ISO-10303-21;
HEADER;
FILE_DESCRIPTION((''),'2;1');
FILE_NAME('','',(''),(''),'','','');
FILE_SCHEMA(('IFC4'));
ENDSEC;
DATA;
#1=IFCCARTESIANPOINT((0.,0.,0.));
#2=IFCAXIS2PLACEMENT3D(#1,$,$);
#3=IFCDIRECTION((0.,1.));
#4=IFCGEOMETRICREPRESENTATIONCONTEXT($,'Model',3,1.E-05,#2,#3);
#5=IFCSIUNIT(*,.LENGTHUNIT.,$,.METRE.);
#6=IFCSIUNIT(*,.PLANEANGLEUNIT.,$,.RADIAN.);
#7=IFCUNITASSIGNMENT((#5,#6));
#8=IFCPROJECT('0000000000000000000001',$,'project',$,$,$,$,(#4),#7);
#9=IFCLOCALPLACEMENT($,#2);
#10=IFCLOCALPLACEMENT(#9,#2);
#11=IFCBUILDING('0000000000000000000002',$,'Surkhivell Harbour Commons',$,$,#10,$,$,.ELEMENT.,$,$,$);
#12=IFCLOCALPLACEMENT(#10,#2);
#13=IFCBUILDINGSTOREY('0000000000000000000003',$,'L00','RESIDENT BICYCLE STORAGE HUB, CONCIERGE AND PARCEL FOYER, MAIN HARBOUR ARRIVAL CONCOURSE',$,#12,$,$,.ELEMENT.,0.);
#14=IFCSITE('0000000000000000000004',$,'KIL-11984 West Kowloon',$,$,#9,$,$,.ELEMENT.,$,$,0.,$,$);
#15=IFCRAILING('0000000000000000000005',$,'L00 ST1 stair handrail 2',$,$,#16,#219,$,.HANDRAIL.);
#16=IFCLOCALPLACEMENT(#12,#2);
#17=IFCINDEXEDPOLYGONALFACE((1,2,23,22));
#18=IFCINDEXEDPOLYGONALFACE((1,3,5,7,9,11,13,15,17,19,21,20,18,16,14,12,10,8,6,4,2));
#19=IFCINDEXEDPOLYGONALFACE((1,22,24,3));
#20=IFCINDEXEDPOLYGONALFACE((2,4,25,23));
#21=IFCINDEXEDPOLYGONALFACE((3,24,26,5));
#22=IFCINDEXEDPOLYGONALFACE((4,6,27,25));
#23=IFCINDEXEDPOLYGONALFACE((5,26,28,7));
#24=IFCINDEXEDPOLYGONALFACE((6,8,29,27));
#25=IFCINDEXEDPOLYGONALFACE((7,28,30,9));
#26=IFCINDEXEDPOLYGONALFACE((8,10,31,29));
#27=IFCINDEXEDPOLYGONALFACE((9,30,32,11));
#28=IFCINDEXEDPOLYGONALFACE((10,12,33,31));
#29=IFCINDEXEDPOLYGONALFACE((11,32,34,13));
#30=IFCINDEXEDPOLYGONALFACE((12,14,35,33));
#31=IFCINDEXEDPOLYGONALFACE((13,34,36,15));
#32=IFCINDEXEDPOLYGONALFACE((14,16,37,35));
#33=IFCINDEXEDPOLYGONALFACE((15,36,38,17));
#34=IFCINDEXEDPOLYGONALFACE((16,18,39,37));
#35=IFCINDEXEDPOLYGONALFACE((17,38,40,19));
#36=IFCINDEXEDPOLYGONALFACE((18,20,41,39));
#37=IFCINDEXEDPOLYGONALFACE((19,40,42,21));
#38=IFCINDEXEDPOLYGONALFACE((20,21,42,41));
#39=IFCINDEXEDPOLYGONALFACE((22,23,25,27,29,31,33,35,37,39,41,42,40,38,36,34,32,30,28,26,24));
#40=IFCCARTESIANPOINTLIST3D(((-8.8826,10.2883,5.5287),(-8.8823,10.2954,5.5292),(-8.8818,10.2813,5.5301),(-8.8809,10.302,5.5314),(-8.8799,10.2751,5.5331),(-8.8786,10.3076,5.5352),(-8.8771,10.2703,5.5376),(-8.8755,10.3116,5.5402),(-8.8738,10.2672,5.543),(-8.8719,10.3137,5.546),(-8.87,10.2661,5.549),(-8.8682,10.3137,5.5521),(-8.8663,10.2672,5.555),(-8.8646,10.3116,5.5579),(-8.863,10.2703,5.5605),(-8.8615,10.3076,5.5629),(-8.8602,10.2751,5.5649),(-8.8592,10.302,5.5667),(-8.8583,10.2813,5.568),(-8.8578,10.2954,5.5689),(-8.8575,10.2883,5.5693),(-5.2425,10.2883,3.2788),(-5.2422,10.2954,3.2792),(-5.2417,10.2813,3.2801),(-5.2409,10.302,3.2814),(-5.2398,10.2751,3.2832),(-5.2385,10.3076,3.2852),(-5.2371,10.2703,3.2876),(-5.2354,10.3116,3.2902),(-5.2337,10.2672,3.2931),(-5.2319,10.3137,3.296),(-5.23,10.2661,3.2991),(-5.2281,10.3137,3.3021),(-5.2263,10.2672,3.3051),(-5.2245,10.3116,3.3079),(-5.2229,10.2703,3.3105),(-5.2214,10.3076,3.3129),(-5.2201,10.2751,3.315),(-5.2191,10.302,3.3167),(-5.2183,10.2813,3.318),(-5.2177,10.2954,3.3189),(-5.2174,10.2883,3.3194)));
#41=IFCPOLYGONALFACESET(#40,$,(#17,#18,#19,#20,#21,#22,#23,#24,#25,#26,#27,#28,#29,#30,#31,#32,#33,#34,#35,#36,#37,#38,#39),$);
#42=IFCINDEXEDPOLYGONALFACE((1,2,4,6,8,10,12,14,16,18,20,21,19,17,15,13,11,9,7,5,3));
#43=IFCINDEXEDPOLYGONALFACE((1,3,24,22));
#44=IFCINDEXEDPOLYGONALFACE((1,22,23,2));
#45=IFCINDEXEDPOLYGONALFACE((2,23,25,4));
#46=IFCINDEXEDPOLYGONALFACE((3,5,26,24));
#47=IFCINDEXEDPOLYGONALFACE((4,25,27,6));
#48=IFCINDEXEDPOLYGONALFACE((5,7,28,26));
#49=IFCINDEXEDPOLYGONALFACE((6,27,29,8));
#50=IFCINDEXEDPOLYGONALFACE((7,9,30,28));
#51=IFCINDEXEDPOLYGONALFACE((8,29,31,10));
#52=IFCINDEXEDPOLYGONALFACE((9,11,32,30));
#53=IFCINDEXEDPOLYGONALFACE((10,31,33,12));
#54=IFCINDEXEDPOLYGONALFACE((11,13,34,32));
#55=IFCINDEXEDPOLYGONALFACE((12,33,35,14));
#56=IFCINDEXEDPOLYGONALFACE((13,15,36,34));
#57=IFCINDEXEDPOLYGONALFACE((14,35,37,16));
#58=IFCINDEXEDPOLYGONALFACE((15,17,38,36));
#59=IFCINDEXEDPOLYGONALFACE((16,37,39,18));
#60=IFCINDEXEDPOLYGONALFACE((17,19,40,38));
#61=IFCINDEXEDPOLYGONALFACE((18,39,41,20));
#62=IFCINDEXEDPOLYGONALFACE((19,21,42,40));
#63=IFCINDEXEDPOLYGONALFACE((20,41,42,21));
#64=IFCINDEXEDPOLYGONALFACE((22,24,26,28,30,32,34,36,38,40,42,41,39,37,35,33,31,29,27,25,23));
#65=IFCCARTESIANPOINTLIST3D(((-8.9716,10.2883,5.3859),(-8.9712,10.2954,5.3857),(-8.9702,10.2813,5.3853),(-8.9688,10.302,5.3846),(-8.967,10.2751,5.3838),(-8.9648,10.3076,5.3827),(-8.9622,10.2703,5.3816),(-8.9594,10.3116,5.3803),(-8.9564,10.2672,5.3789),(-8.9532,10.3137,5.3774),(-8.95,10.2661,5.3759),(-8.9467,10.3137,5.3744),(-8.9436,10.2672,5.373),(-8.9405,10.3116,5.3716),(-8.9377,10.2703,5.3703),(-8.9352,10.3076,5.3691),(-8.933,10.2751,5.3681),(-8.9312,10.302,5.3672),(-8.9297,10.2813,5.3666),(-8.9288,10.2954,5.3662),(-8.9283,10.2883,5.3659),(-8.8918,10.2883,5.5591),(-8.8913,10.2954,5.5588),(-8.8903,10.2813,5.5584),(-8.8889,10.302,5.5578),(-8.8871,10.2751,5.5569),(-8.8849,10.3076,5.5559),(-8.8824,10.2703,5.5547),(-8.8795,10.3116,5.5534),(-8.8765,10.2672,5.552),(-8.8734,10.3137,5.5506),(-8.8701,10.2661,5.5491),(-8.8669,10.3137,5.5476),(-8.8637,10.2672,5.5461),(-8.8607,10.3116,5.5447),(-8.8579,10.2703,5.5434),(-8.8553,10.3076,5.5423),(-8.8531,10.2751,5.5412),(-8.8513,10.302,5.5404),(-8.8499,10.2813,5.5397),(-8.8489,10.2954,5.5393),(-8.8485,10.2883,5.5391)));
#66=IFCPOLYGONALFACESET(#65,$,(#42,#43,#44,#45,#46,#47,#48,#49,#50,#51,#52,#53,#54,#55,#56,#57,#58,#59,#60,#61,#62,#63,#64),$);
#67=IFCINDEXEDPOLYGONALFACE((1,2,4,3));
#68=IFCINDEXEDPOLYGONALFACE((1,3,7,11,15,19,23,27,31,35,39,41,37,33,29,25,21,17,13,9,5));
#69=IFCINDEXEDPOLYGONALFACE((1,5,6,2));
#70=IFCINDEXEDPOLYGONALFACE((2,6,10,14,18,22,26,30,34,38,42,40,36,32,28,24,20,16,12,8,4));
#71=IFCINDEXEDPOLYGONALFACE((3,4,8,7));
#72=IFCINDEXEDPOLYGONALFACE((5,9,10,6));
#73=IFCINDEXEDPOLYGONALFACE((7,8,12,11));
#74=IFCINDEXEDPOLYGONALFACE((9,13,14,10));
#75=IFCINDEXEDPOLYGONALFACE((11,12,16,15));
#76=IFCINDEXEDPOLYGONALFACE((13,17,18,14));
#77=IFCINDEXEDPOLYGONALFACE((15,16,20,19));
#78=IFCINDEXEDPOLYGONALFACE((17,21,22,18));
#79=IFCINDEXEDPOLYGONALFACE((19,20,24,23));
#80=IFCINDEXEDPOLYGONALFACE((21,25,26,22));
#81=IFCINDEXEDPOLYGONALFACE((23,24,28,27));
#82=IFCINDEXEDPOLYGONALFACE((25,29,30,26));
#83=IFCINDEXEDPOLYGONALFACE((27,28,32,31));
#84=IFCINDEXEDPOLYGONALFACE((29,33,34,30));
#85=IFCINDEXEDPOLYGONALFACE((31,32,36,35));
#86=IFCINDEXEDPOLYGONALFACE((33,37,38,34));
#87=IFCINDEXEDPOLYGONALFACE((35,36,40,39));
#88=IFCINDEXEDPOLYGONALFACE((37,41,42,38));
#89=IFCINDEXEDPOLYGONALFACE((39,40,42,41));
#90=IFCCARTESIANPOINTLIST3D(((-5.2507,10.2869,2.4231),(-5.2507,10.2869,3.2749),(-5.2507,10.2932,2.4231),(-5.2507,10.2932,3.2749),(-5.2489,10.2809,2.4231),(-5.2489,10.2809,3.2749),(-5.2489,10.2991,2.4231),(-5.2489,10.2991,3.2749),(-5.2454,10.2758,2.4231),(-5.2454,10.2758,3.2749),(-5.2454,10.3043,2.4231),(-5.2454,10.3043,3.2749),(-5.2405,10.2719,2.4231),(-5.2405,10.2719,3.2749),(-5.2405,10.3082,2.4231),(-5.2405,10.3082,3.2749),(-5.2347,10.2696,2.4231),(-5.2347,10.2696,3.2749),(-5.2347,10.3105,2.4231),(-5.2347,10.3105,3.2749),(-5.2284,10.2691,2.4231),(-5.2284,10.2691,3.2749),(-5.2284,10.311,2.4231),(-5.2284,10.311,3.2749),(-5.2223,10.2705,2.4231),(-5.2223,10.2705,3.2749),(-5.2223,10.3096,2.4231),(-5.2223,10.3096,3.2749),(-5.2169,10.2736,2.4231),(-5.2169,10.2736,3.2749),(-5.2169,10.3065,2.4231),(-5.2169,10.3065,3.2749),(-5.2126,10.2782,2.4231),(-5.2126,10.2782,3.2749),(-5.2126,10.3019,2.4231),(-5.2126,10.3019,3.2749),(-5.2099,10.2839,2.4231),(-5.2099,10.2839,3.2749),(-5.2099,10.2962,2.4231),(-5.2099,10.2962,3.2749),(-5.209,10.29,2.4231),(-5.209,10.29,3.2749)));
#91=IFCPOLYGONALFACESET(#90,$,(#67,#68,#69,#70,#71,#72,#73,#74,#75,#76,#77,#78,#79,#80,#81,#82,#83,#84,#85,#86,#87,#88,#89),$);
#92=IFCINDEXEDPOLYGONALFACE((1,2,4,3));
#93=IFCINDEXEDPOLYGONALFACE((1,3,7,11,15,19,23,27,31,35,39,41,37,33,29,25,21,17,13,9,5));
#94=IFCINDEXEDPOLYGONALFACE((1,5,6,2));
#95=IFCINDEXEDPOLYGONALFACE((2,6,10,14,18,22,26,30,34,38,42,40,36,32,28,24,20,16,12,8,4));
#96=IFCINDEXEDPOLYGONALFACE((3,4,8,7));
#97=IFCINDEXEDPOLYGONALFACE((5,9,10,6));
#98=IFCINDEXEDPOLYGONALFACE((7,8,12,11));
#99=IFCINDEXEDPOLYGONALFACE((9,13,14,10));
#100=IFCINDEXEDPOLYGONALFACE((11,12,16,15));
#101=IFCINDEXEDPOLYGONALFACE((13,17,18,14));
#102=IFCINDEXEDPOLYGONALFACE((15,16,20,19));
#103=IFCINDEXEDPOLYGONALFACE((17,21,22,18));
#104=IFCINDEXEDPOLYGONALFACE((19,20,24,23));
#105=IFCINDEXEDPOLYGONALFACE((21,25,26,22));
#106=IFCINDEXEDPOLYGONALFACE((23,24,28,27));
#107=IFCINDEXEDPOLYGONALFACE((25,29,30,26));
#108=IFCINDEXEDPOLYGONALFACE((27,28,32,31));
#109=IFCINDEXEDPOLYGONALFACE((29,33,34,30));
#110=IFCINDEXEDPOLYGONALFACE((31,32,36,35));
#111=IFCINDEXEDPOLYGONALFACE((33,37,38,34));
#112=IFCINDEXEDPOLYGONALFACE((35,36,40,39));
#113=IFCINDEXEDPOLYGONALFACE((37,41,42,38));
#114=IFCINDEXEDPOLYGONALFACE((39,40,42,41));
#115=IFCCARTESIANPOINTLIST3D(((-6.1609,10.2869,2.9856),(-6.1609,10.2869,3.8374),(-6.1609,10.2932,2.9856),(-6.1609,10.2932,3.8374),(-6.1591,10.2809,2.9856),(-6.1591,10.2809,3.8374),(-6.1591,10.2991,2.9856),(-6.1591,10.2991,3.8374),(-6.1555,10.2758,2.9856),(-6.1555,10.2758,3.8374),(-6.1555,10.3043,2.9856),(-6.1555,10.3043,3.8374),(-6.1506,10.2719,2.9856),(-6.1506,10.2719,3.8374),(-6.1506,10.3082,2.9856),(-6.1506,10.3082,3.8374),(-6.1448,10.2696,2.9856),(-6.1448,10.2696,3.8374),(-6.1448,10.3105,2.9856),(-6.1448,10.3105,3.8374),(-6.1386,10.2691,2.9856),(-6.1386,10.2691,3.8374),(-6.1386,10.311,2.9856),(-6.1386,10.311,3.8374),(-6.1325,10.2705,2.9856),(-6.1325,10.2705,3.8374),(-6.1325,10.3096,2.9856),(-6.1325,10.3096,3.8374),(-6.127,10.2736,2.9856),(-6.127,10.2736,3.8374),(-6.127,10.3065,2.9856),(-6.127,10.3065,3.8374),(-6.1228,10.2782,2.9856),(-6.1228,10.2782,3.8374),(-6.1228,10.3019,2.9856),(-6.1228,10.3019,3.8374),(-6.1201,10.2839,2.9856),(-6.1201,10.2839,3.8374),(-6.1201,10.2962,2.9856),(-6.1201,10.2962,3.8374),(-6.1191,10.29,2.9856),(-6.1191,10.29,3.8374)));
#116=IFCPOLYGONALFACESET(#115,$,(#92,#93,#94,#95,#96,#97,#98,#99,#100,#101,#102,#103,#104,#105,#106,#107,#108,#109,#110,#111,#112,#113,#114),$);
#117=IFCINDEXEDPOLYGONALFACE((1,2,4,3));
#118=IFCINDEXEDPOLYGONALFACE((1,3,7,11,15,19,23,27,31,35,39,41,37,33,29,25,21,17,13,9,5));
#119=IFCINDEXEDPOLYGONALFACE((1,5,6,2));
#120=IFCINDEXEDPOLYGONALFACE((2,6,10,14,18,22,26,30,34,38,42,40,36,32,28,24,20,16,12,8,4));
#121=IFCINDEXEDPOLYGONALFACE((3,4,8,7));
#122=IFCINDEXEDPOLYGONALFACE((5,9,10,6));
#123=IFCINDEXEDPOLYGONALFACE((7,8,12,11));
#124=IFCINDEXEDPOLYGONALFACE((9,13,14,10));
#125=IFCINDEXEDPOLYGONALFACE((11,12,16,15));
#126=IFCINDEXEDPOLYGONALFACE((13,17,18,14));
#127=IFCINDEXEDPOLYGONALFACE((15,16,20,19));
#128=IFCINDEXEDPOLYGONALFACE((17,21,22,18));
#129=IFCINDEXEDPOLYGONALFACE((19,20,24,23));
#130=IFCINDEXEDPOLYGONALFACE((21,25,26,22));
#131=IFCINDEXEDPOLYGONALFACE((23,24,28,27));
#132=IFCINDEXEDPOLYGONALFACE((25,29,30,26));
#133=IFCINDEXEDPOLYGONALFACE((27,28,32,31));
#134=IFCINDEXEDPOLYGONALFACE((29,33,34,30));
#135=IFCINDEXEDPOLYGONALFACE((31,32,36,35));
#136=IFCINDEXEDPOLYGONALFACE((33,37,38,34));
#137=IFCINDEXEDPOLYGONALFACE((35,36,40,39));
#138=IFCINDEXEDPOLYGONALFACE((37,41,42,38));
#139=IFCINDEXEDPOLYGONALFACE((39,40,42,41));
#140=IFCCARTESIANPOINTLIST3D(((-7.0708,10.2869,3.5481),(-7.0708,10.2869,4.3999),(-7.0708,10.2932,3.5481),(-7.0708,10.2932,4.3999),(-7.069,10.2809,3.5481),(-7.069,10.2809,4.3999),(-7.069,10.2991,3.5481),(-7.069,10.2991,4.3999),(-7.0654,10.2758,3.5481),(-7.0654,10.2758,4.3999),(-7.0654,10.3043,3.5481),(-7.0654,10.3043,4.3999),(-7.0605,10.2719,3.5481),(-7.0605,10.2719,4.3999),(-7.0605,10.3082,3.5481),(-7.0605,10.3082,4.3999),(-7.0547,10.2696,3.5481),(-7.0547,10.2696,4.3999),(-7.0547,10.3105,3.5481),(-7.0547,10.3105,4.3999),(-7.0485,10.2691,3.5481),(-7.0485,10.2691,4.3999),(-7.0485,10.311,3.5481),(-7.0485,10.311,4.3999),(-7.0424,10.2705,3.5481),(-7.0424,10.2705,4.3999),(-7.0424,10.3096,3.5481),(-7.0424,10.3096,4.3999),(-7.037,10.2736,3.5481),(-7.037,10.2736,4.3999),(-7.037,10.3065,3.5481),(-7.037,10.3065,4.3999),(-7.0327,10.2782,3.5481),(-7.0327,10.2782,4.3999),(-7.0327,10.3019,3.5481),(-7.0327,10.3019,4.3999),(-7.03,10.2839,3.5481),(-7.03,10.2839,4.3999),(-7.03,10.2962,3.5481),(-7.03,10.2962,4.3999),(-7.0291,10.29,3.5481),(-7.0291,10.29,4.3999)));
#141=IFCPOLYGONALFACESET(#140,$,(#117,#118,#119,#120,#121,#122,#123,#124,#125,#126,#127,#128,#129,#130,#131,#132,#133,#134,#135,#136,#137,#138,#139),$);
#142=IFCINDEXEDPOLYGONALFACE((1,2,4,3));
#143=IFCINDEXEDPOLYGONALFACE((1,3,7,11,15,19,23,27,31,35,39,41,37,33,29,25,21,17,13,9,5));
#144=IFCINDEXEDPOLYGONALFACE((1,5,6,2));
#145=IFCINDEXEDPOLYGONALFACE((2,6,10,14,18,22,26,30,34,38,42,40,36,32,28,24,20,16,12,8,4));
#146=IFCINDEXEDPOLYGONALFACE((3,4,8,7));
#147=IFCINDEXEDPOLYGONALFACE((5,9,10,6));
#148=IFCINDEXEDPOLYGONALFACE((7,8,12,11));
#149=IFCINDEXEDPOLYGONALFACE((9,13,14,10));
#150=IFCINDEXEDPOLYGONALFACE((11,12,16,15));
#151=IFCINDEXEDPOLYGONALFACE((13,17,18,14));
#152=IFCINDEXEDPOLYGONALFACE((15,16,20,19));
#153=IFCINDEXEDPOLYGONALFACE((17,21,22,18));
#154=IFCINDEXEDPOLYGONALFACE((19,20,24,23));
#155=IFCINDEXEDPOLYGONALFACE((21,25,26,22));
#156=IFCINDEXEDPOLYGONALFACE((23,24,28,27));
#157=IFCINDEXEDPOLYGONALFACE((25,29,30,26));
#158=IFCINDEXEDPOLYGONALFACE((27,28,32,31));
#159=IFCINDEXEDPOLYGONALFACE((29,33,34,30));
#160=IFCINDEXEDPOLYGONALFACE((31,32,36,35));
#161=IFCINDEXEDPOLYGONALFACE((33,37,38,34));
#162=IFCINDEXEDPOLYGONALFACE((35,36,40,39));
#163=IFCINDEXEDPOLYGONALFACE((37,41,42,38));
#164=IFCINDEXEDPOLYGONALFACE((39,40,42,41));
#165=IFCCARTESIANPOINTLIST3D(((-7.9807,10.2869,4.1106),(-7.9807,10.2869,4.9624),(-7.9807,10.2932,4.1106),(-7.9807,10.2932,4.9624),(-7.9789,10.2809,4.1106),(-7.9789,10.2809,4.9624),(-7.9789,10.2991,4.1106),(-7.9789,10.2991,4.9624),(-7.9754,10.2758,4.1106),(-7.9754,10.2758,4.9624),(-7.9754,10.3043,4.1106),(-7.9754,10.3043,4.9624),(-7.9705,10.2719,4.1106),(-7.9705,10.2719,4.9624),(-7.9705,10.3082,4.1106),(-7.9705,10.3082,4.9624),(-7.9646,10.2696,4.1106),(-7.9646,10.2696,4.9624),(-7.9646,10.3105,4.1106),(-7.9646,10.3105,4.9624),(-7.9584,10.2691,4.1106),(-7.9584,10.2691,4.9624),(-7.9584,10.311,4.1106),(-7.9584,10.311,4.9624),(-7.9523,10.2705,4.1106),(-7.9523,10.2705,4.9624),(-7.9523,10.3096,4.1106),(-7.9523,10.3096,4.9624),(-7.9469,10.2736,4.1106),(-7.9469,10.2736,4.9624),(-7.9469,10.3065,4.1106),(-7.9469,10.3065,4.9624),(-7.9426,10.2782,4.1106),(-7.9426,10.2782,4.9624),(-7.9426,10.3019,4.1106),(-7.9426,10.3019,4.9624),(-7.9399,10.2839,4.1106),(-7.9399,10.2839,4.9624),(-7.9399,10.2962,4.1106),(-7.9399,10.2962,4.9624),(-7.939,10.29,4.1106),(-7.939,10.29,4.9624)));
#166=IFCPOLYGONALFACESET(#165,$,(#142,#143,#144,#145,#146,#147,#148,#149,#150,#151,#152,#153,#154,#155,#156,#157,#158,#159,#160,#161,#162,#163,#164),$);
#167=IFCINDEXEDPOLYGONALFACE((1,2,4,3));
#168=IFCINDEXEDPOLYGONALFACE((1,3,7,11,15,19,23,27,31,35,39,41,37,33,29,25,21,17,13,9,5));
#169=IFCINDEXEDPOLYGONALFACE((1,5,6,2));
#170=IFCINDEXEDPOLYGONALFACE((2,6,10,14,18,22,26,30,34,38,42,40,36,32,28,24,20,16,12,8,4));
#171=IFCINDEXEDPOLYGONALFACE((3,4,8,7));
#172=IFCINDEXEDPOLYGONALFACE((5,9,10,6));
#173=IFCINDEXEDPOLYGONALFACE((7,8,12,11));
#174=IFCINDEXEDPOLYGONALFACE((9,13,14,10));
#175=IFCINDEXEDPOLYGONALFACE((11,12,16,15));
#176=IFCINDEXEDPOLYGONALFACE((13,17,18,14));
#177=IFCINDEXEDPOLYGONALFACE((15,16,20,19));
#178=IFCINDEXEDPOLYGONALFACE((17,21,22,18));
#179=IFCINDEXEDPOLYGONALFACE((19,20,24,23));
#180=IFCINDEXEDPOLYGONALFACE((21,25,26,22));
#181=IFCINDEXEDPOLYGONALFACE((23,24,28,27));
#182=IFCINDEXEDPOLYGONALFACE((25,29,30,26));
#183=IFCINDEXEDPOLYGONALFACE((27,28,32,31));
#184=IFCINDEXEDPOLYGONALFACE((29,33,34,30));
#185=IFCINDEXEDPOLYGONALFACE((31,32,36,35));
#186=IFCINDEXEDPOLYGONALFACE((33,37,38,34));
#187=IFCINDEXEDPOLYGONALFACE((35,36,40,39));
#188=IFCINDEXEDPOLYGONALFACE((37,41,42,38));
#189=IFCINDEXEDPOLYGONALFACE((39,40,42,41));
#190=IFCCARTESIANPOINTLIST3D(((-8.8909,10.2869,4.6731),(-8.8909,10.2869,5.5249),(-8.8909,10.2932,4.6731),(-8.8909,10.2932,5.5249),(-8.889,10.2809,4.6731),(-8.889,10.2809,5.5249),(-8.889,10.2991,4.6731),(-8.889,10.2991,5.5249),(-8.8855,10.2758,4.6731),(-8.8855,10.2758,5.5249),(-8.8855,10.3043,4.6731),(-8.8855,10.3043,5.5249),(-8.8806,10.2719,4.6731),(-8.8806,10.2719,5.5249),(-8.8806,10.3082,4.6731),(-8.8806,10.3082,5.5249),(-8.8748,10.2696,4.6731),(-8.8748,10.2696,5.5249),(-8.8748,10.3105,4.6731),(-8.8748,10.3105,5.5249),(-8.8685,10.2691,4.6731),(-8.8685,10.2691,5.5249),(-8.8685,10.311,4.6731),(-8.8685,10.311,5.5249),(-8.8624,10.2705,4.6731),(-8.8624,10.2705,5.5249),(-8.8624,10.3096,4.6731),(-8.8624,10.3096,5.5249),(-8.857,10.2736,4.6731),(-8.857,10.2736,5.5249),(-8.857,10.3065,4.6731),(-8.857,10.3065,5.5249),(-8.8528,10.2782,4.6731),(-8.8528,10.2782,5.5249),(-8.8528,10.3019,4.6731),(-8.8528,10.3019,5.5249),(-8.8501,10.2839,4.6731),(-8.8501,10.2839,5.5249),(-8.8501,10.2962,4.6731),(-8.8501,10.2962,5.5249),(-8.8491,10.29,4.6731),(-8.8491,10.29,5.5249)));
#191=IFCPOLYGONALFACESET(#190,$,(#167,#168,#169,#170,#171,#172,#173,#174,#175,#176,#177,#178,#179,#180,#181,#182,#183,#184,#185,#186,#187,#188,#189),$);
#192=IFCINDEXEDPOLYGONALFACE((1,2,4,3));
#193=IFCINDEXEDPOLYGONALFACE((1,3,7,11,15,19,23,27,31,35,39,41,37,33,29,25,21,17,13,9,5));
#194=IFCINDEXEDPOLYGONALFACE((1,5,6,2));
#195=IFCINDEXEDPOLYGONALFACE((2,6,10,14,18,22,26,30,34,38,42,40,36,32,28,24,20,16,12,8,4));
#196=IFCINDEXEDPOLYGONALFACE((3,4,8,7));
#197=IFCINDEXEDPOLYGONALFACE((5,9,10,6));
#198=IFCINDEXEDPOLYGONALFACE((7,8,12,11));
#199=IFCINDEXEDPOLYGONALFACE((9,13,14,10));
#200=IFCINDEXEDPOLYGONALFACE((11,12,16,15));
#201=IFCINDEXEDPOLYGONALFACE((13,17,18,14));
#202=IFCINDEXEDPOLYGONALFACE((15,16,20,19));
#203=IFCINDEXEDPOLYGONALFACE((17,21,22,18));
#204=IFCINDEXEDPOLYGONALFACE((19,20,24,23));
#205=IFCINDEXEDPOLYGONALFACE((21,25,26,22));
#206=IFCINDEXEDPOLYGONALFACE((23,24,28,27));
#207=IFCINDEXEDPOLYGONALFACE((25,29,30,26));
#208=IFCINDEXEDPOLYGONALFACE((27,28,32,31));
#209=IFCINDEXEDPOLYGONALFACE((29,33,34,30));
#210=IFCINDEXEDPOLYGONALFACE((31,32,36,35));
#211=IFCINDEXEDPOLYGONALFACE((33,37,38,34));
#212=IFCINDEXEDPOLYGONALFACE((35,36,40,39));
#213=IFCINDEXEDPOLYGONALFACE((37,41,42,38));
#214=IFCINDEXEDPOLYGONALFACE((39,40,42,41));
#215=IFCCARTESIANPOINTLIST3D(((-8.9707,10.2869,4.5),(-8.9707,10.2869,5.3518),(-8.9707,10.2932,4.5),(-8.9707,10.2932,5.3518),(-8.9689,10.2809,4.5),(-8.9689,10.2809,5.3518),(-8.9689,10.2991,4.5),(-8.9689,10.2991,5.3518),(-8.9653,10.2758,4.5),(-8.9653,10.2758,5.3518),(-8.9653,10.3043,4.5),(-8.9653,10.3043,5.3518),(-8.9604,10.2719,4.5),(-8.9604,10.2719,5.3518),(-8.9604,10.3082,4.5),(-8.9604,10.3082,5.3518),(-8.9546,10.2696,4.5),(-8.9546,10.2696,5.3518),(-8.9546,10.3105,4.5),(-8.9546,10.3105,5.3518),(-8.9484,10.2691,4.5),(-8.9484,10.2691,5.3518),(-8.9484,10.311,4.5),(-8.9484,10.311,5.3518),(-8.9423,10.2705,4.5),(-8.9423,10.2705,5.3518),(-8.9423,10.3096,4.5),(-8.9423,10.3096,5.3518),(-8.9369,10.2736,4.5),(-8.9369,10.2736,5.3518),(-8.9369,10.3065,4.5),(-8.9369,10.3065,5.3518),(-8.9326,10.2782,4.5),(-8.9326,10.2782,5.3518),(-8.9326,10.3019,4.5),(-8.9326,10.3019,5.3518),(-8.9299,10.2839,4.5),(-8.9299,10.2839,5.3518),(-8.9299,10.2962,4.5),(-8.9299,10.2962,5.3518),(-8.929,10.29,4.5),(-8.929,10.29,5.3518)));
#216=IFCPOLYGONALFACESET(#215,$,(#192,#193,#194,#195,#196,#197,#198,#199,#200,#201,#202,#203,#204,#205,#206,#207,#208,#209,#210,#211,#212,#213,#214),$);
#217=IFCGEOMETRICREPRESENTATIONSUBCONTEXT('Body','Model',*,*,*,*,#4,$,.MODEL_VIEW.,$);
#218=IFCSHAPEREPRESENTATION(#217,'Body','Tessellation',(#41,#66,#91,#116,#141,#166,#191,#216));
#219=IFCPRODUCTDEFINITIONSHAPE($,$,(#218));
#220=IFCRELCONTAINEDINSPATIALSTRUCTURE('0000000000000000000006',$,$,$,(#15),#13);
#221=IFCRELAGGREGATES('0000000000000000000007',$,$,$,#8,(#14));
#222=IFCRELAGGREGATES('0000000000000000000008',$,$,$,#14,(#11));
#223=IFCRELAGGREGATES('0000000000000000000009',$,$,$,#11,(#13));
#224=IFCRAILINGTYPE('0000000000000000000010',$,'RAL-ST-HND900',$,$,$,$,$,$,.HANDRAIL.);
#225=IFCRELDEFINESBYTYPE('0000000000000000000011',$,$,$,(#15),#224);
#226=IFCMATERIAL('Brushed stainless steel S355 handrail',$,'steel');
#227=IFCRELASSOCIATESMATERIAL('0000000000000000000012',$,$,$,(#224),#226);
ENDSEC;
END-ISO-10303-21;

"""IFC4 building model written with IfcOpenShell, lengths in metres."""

from ifc_helpers import new_model, si_unit, direction, frame, origin, origin_2d, place, context, subcontext, project, spatial, circle, extrude, material, type_object, element, save


model = new_model("IFC4")

# Units and contexts
model_context = context("Model", 3, precision=1e-05, world=origin(), true_north=direction((0.0, 1.0)))
body_context = subcontext(model_context, "Body", "Model", "MODEL_VIEW")
ifc_project = project(units=[si_unit("LENGTHUNIT", "METRE"), si_unit("PLANEANGLEUNIT", "RADIAN")], contexts=[model_context])

# Site, building, storey
site_placement = place(None, origin())
site = spatial("IfcSite", under=ifc_project, at=site_placement, Name="KIL-11984 West Kowloon", CompositionType="ELEMENT", RefElevation=0.0)
building_placement = place(site_placement, origin())
building = spatial("IfcBuilding", under=site, at=building_placement, Name="Surkhivell Harbour Commons", CompositionType="ELEMENT")
storey_placement = place(building_placement, origin())
storey = spatial("IfcBuildingStorey", under=building, at=storey_placement, Name="L00", Description="RESIDENT BICYCLE STORAGE HUB, CONCIERGE AND PARCEL FOYER, MAIN HARBOUR ARRIVAL CONCOURSE", CompositionType="ELEMENT", Elevation=0.0)

# Railing
ifc_material_1 = material(Name="Brushed stainless steel S355 handrail", Category="steel")
railing_type_1 = type_object("IfcRailingType", Name="RAL-ST-HND900", PredefinedType="HANDRAIL", material=ifc_material_1)
railing_1_placement = place(storey_placement, frame((-5.23, 10.29, 2.4231)))
element("IfcRailing", 1, at=railing_1_placement, inside=storey, type_object=railing_type_1, Name="L00 ST1 stair handrail 2", PredefinedType="HANDRAIL", context=body_context, shape_type="SweptSolid", body=[
    extrude(circle(Radius=0.0239, at=origin_2d()), frame((0.0, 0.0, 0.876), z_axis=(-0.850622, 0.0, 0.525777), x_axis=(0.0, -1.0, 0.0)), (0.0, 0.0, 1.0), 4.2793),
    extrude(circle(Radius=0.0239, at=origin_2d()), frame((-3.6401, 0.0, 3.126), z_axis=(-0.418815, 0.0, -0.908072), x_axis=(0.0, -1.0, 0.0)), (0.0, 0.0, 1.0), 0.1907),
    extrude(circle(Radius=0.021, at=origin_2d()), origin(), (0.0, 0.0, 1.0), 0.8518),
    extrude(circle(Radius=0.021, at=origin_2d()), frame((-0.9102, 0.0, 0.5625)), (0.0, 0.0, 1.0), 0.8518),
    extrude(circle(Radius=0.021, at=origin_2d()), frame((-1.8201, 0.0, 1.125)), (0.0, 0.0, 1.0), 0.8518),
    extrude(circle(Radius=0.021, at=origin_2d()), frame((-2.73, 0.0, 1.6875)), (0.0, 0.0, 1.0), 0.8518),
    extrude(circle(Radius=0.021, at=origin_2d()), frame((-3.6401, 0.0, 2.25)), (0.0, 0.0, 1.0), 0.8518),
    extrude(circle(Radius=0.021, at=origin_2d()), frame((-3.72, 0.0, 2.0769)), (0.0, 0.0, 1.0), 0.8518),
])

save(model, "model.ifc")
